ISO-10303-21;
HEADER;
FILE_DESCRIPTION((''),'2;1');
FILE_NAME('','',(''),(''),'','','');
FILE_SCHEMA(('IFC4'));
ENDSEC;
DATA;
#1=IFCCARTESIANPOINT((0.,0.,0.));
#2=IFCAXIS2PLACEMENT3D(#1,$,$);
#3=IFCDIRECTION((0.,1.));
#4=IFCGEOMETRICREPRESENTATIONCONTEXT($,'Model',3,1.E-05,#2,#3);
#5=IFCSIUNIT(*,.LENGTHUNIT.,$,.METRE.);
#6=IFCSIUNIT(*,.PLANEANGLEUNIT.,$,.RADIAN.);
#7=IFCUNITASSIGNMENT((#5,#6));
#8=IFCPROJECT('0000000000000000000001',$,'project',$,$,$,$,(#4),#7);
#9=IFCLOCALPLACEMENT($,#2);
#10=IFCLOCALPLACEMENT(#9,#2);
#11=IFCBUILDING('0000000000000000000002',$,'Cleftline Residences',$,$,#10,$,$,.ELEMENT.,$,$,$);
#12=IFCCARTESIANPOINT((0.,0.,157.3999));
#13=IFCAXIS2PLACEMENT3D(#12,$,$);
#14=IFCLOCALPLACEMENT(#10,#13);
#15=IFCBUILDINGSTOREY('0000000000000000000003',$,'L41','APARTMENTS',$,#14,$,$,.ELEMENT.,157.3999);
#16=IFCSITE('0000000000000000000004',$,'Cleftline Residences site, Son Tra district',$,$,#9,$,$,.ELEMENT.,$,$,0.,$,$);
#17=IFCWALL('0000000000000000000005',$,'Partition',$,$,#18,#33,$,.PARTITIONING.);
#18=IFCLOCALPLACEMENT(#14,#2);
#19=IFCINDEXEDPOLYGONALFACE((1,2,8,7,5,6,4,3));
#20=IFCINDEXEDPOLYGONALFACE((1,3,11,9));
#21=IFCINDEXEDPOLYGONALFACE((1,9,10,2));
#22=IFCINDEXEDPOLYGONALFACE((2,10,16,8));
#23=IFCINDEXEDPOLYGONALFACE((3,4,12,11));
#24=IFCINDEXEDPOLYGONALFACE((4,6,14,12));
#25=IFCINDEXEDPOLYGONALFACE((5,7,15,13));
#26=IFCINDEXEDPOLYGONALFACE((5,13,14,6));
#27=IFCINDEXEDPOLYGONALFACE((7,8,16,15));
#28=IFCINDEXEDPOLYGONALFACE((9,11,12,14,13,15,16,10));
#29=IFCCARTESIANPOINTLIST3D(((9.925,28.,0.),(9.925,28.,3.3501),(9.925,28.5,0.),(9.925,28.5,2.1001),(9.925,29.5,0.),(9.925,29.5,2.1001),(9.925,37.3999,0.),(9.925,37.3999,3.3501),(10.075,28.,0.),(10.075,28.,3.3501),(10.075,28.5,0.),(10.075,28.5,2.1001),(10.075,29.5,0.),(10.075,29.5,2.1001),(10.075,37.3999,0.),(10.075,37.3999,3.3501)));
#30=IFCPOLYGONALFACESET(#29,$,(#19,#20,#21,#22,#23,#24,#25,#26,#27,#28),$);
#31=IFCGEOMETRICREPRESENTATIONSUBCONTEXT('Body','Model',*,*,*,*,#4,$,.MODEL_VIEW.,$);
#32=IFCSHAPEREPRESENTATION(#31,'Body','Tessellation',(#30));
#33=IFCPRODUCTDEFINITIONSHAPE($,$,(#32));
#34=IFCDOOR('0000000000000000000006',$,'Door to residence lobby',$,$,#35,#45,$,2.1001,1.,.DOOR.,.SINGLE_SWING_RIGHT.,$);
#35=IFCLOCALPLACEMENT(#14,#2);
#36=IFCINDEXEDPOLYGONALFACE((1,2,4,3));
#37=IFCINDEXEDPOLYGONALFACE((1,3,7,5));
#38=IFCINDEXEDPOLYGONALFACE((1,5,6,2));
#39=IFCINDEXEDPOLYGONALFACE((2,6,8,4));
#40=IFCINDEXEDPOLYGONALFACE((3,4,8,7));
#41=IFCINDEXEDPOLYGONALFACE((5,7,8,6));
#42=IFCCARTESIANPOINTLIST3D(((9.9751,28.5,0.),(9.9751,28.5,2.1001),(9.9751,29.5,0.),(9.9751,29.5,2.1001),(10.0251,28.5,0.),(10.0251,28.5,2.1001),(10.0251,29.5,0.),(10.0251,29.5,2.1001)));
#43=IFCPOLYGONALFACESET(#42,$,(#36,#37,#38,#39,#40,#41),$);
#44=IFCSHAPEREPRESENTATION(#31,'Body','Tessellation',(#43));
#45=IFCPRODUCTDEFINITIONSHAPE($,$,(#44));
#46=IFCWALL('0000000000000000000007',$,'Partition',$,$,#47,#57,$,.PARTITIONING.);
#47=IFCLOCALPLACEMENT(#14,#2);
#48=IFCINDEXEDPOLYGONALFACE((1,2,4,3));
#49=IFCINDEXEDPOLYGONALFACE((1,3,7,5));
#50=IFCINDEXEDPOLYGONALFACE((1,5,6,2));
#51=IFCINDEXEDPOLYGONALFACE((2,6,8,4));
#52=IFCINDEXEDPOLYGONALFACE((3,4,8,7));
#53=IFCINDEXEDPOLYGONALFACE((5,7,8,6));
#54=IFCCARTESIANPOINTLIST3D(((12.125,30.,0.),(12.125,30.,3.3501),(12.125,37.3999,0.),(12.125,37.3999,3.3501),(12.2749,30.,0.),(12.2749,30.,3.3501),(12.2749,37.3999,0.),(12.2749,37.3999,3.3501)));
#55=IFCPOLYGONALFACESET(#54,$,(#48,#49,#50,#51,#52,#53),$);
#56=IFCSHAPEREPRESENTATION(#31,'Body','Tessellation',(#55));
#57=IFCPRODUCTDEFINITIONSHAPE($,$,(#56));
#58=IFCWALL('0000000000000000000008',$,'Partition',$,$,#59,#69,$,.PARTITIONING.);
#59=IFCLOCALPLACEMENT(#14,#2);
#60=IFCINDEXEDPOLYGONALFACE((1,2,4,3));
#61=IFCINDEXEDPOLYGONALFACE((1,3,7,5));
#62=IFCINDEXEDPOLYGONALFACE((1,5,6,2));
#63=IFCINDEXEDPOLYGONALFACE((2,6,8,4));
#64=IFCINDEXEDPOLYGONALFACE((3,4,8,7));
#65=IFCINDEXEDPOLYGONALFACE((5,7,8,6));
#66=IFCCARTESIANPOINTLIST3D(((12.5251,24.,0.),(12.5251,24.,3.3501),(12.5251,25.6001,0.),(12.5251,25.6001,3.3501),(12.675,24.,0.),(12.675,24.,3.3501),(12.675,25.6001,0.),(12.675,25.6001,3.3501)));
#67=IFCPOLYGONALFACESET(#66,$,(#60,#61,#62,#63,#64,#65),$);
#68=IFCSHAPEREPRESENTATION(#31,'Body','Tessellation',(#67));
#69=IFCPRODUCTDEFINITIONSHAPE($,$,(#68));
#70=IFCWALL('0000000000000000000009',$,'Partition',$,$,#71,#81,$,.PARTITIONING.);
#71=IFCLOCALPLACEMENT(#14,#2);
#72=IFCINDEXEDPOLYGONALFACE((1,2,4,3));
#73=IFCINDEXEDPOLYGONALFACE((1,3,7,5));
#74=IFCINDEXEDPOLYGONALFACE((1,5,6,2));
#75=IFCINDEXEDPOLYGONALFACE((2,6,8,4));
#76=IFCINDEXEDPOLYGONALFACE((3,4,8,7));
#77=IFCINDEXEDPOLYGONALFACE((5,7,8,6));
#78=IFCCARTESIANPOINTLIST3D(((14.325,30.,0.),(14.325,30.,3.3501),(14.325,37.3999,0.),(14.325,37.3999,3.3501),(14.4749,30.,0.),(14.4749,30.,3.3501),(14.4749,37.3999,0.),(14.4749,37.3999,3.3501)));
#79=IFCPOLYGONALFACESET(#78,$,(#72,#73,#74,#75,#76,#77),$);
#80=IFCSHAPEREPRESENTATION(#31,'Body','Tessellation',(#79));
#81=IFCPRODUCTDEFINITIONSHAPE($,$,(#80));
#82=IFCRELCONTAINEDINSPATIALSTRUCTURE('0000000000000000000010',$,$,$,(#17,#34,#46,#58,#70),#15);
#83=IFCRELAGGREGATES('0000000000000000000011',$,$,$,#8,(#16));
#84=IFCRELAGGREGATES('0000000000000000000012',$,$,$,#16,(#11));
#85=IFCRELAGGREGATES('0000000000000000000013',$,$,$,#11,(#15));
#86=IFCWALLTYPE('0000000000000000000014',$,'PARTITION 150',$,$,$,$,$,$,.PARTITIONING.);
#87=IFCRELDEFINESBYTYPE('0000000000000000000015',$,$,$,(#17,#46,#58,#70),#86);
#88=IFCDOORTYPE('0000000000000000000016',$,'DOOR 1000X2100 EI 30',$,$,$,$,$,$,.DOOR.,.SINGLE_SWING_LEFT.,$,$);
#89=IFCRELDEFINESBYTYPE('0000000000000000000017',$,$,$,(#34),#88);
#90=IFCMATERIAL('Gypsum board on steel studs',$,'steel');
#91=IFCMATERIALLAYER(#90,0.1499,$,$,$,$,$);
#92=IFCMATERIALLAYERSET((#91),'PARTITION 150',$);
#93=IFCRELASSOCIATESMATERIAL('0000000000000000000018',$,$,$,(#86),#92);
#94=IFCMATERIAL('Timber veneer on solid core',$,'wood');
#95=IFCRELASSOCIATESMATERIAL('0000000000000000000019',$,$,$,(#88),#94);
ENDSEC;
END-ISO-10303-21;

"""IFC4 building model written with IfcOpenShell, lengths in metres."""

from ifc_helpers import new_model, si_unit, direction, frame, frame_2d, origin, place, context, subcontext, project, spatial, rectangle, extrude, material, layer, layer_set, type_object, element, fill, save


model = new_model("IFC4")

# Units and contexts
model_context = context("Model", 3, precision=1e-05, world=origin(), true_north=direction((0.0, 1.0)))
body_context = subcontext(model_context, "Body", "Model", "MODEL_VIEW")
ifc_project = project(units=[si_unit("LENGTHUNIT", "METRE"), si_unit("PLANEANGLEUNIT", "RADIAN")], contexts=[model_context])

# Site, building, storey
site_placement = place(None, origin())
site = spatial("IfcSite", under=ifc_project, at=site_placement, Name="Cleftline Residences site, Son Tra district", CompositionType="ELEMENT", RefElevation=0.0)
building_placement = place(site_placement, origin())
building = spatial("IfcBuilding", under=site, at=building_placement, Name="Cleftline Residences", CompositionType="ELEMENT")
storey_placement = place(building_placement, frame((0.0, 0.0, 157.3999)))
storey = spatial("IfcBuildingStorey", under=building, at=storey_placement, Name="L41", Description="APARTMENTS", CompositionType="ELEMENT", Elevation=157.3999)

# Shared definitions
ifc_material_1 = material(Name="Gypsum board on steel studs", Category="steel")
ifc_layer_1 = layer(ifc_material_1, 0.1499)
ifc_layer_set_1 = layer_set([ifc_layer_1], Name="PARTITION 150")
wall_type_1 = type_object("IfcWallType", Name="PARTITION 150", PredefinedType="PARTITIONING", material=ifc_layer_set_1)

# Wall, opening, door
wall_1_placement = place(storey_placement, frame((10.0, 28.0, 0.0), z_axis=(0.0, 0.0, 1.0), x_axis=(0.0, 1.0, 0.0)))
wall_1 = element("IfcWall", 1, at=wall_1_placement, inside=storey, type_object=wall_type_1, Name="Partition", PredefinedType="PARTITIONING", context=body_context, shape_type="SweptSolid", body=[
    extrude(rectangle(XDim=9.3999, YDim=0.1499, at=frame_2d((4.7, 0.0))), origin(), (0.0, 0.0, 1.0), 3.3501),
])
opening_1_placement = place(wall_1_placement, frame((0.5, 0.0, 0.0)))
opening_1 = element("IfcOpeningElement", 2, at=opening_1_placement, cuts=wall_1, PredefinedType="OPENING", context=body_context, shape_type="SweptSolid", body=[
    extrude(rectangle(XDim=1.0, YDim=2.1001, at=frame_2d((0.5, 1.05))), frame((0.0, 0.085, 0.0), z_axis=(0.0, -1.0, 0.0), x_axis=(1.0, 0.0, 0.0)), (0.0, 0.0, 1.0), 0.1699),
])
ifc_material_2 = material(Name="Timber veneer on solid core", Category="wood")
door_type_1 = type_object("IfcDoorType", Name="DOOR 1000X2100 EI 30", OperationType="SINGLE_SWING_LEFT", PredefinedType="DOOR", material=ifc_material_2)
door_1_placement = place(opening_1_placement, origin())
door_1 = element("IfcDoor", 3, at=door_1_placement, inside=storey, type_object=door_type_1, Name="Door to residence lobby", OperationType="SINGLE_SWING_RIGHT", OverallHeight=2.1001, OverallWidth=1.0, PredefinedType="DOOR", context=body_context, shape_type="SweptSolid", body=[
    extrude(rectangle(XDim=1.0, YDim=2.1001, at=frame_2d((0.5, 1.05))), frame((0.0, 0.0249, 0.0), z_axis=(0.0, -1.0, 0.0), x_axis=(1.0, 0.0, 0.0)), (0.0, 0.0, 1.0), 0.05),
])
fill(opening_1, door_1)

# Walls
wall_2_placement = place(storey_placement, frame((12.2, 30.0, 0.0), z_axis=(0.0, 0.0, 1.0), x_axis=(0.0, 1.0, 0.0)))
element("IfcWall", 4, at=wall_2_placement, inside=storey, type_object=wall_type_1, Name="Partition", PredefinedType="PARTITIONING", context=body_context, shape_type="SweptSolid", body=[
    extrude(rectangle(XDim=7.3999, YDim=0.1499, at=frame_2d((3.7, 0.0))), origin(), (0.0, 0.0, 1.0), 3.3501),
])
wall_3_placement = place(storey_placement, frame((12.6001, 24.0, 0.0), z_axis=(0.0, 0.0, 1.0), x_axis=(0.0, 1.0, 0.0)))
element("IfcWall", 5, at=wall_3_placement, inside=storey, type_object=wall_type_1, Name="Partition", PredefinedType="PARTITIONING", context=body_context, shape_type="SweptSolid", body=[
    extrude(rectangle(XDim=1.6001, YDim=0.1499, at=frame_2d((0.8, 0.0))), origin(), (0.0, 0.0, 1.0), 3.3501),
])
wall_4_placement = place(storey_placement, frame((14.3999, 30.0, 0.0), z_axis=(0.0, 0.0, 1.0), x_axis=(0.0, 1.0, 0.0)))
element("IfcWall", 6, at=wall_4_placement, inside=storey, type_object=wall_type_1, Name="Partition", PredefinedType="PARTITIONING", context=body_context, shape_type="SweptSolid", body=[
    extrude(rectangle(XDim=7.3999, YDim=0.1499, at=frame_2d((3.7, 0.0))), origin(), (0.0, 0.0, 1.0), 3.3501),
])

save(model, "model.ifc")
